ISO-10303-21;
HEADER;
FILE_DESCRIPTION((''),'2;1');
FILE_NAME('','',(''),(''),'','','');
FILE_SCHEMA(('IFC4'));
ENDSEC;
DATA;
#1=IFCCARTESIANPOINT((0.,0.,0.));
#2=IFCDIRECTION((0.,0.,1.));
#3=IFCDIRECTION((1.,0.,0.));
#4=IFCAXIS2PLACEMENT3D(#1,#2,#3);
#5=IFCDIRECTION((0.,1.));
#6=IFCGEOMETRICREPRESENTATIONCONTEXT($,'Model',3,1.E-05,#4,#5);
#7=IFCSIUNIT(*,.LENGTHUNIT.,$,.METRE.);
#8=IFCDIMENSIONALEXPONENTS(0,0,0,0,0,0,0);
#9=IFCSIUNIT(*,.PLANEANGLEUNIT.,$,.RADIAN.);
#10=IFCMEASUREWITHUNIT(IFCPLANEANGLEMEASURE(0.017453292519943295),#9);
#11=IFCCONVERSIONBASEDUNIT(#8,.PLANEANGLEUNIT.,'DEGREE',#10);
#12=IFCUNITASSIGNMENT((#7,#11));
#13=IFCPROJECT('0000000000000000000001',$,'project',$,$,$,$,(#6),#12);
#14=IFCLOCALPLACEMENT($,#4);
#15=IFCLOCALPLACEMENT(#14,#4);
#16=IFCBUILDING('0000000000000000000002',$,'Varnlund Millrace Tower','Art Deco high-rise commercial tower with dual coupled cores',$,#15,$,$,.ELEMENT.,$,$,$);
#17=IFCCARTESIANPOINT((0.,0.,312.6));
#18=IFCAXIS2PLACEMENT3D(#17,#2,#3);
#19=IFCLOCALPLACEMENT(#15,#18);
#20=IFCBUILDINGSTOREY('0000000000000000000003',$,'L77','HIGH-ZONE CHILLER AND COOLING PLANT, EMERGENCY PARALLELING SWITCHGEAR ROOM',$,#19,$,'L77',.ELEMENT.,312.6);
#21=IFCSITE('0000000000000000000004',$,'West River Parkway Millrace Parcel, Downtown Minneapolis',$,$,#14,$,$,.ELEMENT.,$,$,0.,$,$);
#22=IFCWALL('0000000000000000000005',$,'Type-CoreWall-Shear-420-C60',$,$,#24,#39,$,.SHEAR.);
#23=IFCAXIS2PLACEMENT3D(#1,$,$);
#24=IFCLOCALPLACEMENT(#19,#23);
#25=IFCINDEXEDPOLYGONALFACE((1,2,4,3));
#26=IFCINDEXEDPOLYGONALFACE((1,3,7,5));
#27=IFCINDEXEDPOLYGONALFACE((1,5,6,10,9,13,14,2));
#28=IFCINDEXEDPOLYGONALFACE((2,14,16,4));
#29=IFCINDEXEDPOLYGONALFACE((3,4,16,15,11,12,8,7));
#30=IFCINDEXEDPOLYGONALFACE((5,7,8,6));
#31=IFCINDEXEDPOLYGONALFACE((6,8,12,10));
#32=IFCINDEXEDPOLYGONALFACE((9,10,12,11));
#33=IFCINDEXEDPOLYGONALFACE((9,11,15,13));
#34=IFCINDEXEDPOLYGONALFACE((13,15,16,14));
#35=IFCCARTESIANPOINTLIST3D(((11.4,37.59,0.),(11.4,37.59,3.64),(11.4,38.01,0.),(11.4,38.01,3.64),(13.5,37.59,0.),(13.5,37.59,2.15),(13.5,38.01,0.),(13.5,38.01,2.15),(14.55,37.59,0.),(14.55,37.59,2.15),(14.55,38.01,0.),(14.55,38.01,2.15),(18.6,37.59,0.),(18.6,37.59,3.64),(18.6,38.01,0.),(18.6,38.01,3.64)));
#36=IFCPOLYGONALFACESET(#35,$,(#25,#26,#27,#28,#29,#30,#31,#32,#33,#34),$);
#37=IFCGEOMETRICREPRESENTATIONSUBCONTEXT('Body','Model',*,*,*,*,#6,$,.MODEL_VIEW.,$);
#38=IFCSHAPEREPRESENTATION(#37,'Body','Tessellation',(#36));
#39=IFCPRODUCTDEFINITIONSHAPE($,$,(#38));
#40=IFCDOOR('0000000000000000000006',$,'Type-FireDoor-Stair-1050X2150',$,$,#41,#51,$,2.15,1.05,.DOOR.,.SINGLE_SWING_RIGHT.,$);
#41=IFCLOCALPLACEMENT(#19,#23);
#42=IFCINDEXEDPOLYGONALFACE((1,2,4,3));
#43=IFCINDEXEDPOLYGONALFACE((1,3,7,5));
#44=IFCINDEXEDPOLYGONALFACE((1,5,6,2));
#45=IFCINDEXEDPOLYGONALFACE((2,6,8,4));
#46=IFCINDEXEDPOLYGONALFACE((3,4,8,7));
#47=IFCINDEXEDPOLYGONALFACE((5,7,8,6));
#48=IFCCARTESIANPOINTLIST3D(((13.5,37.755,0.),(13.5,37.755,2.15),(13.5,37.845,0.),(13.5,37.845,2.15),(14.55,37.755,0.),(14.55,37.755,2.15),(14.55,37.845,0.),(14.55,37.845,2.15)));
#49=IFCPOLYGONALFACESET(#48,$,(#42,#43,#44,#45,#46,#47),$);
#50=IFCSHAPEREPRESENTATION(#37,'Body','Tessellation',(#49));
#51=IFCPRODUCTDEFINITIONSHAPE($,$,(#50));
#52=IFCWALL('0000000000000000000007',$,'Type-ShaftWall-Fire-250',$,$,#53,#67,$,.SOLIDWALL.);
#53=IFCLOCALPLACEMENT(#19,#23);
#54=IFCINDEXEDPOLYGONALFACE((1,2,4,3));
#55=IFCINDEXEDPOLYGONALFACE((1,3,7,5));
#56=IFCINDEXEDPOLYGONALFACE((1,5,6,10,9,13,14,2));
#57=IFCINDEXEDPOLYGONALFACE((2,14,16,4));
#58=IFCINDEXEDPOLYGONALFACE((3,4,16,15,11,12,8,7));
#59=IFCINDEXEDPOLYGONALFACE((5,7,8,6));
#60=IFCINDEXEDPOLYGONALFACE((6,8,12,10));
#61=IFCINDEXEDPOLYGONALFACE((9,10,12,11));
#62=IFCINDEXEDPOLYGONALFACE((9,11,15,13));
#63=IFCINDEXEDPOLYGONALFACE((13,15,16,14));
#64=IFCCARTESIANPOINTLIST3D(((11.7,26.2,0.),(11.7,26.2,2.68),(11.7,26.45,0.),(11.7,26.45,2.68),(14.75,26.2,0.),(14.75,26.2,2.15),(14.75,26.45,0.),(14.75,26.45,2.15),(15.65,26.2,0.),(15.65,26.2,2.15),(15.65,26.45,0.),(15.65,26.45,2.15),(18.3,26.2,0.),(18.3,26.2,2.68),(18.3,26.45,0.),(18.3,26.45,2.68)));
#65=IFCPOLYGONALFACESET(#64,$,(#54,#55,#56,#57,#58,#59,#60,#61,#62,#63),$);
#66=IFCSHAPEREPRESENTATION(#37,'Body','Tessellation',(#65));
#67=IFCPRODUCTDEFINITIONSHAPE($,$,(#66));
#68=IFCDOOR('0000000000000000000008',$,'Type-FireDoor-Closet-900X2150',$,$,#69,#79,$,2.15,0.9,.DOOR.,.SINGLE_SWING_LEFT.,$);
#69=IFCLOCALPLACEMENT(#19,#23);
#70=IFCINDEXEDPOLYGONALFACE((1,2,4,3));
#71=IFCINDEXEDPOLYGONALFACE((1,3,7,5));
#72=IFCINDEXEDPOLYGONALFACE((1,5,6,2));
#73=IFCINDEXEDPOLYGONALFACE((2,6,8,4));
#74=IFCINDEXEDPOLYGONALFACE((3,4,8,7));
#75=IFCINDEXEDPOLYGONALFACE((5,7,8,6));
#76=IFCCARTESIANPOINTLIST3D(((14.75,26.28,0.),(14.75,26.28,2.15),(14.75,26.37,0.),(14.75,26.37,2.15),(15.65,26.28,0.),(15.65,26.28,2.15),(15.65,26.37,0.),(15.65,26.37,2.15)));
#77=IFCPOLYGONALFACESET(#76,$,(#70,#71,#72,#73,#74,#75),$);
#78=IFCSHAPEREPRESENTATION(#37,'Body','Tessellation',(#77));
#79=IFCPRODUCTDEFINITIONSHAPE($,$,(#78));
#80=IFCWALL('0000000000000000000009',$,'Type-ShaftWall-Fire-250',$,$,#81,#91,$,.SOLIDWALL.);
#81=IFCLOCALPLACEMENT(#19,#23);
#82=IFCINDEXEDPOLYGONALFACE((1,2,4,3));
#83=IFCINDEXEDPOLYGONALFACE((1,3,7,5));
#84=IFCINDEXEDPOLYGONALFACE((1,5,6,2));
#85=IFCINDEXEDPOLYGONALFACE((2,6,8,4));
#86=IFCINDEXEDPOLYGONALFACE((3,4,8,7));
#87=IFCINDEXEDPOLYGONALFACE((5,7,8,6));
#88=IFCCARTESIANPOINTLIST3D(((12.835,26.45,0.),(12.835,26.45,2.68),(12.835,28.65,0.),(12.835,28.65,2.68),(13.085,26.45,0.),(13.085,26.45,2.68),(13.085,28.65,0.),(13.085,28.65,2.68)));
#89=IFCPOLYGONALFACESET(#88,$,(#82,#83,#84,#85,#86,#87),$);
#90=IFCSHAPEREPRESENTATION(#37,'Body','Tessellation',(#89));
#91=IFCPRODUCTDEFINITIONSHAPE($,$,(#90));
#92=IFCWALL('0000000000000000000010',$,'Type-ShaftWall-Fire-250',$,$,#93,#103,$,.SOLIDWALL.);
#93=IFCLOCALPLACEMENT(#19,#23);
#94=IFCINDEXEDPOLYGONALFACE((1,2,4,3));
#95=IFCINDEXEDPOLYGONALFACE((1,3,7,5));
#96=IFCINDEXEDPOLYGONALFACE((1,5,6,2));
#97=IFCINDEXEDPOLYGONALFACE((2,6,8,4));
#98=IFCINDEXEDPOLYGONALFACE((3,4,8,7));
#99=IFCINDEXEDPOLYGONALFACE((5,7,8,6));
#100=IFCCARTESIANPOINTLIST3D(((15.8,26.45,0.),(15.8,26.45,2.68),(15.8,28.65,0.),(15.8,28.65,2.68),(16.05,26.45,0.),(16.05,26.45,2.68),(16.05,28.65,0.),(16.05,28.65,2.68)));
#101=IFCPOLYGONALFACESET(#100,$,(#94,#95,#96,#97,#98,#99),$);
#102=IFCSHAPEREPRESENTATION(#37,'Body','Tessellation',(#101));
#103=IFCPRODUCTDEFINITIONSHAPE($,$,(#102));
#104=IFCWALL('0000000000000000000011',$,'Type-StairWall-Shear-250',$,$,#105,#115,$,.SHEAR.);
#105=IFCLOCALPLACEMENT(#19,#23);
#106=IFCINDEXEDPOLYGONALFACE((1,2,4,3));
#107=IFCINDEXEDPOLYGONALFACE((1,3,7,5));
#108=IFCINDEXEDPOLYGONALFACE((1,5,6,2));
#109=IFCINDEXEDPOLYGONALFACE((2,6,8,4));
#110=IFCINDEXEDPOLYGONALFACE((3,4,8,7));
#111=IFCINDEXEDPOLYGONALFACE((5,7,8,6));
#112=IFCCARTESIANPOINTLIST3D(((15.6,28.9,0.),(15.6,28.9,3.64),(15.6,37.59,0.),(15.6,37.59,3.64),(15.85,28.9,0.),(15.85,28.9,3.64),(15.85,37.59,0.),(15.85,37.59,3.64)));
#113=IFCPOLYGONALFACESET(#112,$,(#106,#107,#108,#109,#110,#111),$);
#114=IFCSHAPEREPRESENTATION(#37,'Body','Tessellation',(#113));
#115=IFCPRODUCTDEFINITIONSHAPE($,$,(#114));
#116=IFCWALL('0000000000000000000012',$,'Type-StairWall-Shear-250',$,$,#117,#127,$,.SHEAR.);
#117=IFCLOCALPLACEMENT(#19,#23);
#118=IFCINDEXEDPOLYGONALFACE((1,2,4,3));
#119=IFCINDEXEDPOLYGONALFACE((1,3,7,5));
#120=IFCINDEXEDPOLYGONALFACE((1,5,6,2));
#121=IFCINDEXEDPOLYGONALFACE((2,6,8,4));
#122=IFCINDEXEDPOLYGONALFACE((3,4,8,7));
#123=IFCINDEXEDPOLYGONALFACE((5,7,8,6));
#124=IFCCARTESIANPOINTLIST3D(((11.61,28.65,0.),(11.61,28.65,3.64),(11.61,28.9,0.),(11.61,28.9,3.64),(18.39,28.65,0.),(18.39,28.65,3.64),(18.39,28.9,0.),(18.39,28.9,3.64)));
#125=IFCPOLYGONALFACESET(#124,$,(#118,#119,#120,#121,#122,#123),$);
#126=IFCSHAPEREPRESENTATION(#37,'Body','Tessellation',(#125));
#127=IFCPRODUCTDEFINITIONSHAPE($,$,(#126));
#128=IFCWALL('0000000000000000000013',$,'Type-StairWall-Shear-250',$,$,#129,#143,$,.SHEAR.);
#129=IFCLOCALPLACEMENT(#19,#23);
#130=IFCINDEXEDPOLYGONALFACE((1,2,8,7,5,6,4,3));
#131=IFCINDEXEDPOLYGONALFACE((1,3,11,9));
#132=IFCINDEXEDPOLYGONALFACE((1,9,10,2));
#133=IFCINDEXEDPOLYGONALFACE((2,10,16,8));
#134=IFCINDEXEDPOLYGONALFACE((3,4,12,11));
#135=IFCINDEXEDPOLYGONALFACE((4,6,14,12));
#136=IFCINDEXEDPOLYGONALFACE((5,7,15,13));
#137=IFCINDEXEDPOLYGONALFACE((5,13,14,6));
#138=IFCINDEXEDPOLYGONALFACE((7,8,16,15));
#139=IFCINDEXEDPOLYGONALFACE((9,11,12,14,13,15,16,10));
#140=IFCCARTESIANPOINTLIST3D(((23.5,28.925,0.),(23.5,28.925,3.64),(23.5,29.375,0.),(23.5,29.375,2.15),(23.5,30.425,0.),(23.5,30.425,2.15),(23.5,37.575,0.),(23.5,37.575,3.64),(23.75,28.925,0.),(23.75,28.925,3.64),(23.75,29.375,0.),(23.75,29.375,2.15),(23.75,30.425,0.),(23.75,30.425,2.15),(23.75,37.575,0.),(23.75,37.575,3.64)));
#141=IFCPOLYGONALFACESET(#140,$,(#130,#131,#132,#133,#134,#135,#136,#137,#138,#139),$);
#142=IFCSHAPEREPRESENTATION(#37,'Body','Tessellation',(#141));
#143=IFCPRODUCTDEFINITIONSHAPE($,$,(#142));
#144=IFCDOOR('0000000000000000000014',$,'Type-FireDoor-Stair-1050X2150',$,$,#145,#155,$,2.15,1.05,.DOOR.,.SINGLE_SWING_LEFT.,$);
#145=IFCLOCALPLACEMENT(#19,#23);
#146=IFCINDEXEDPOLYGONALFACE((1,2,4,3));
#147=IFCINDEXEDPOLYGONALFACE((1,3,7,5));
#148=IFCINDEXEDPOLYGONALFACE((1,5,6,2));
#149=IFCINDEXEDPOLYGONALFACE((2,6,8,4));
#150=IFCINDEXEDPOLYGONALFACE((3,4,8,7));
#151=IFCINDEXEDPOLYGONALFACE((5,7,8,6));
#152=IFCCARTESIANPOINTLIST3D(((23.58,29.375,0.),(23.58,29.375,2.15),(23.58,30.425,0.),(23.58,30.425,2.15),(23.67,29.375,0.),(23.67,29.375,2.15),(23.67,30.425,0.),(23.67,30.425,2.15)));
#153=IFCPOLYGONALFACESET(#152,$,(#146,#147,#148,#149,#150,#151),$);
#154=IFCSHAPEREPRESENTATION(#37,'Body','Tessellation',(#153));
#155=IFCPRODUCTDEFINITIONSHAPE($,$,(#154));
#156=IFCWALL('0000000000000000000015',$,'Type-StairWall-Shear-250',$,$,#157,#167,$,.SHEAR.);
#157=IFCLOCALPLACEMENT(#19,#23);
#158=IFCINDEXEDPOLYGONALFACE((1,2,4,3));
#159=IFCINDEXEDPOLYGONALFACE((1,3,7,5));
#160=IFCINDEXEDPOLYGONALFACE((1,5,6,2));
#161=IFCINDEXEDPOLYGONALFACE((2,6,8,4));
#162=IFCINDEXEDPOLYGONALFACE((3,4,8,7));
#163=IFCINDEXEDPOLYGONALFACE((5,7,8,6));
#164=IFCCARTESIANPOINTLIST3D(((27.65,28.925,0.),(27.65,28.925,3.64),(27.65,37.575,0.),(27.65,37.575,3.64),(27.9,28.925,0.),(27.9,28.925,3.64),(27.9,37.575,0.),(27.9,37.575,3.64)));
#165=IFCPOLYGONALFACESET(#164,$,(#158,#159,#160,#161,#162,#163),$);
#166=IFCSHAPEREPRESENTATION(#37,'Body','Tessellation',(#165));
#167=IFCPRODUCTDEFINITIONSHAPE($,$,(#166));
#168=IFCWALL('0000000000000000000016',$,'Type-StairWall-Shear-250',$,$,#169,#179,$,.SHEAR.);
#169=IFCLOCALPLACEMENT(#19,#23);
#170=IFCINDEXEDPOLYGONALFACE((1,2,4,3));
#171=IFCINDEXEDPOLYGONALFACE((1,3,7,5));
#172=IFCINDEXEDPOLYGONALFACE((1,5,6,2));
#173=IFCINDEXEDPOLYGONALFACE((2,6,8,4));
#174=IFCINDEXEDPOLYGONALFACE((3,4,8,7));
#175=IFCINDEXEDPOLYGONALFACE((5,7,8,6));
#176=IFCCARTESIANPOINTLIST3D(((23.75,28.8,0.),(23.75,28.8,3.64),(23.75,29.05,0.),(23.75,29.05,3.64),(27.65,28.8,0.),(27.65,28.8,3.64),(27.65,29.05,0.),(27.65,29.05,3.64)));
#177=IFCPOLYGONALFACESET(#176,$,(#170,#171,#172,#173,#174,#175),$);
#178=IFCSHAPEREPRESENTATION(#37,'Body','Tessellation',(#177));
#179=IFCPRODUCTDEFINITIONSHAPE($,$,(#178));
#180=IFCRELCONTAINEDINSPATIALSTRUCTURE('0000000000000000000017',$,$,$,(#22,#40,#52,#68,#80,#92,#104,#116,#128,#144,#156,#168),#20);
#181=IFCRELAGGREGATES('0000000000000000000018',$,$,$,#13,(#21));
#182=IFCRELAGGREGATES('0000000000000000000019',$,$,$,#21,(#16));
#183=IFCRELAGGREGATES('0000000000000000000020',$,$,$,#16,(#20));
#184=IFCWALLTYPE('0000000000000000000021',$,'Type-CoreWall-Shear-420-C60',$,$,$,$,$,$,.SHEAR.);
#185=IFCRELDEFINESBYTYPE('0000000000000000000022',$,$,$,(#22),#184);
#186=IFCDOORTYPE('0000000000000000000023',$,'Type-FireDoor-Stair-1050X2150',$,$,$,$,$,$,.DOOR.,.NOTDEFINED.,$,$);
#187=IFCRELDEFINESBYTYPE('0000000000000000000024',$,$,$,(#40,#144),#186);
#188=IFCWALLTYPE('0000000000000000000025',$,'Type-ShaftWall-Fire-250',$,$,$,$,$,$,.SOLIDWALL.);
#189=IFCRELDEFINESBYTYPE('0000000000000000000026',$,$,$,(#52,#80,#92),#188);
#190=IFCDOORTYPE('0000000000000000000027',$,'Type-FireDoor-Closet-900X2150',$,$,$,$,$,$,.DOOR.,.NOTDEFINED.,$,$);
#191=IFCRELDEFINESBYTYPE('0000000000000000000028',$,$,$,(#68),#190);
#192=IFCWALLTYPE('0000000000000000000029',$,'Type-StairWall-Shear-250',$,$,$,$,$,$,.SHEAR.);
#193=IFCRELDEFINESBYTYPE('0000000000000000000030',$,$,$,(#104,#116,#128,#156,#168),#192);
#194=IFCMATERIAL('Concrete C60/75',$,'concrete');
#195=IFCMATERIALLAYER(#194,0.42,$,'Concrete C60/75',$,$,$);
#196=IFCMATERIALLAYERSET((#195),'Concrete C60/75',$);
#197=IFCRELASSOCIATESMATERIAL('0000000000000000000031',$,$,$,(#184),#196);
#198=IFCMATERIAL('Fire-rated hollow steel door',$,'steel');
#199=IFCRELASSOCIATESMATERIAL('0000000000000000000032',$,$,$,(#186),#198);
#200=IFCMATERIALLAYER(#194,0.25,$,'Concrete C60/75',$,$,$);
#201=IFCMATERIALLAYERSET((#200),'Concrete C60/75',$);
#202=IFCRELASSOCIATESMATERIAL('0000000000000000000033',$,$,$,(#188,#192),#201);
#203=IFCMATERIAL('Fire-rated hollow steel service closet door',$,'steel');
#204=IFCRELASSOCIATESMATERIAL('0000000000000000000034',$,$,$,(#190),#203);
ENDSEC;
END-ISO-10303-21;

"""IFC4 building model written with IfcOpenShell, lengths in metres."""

from ifc_helpers import new_model, entity, si_unit, converted_unit, direction, frame, origin_with_axes, origin_2d_with_axis, place, context, subcontext, project, spatial, polyline, rectangle, outline, extrude, material, layer, layer_set, type_object, element, fill, save


model = new_model("IFC4")

# Units and contexts
model_context = context("Model", 3, precision=1e-05, world=origin_with_axes(), true_north=direction((0.0, 1.0)))
body_context = subcontext(model_context, "Body", "Model", "MODEL_VIEW")
ifc_project = project(units=[si_unit("LENGTHUNIT", "METRE"), converted_unit("PLANEANGLEUNIT", "DEGREE", entity("IfcPlaneAngleMeasure", 0.017453292519943295), si_unit("PLANEANGLEUNIT", "RADIAN"), dimensions=[0, 0, 0, 0, 0, 0, 0])], contexts=[model_context])

# Site, building, storey
site_placement = place(None, origin_with_axes())
site = spatial("IfcSite", under=ifc_project, at=site_placement, Name="West River Parkway Millrace Parcel, Downtown Minneapolis", CompositionType="ELEMENT", RefElevation=0.0)
building_placement = place(site_placement, origin_with_axes())
building = spatial("IfcBuilding", under=site, at=building_placement, Name="Varnlund Millrace Tower", Description="Art Deco high-rise commercial tower with dual coupled cores", CompositionType="ELEMENT")
storey_placement = place(building_placement, frame((0.0, 0.0, 312.6), z_axis=(0.0, 0.0, 1.0), x_axis=(1.0, 0.0, 0.0)))
storey = spatial("IfcBuildingStorey", under=building, at=storey_placement, Name="L77", Description="HIGH-ZONE CHILLER AND COOLING PLANT, EMERGENCY PARALLELING SWITCHGEAR ROOM", LongName="L77", CompositionType="ELEMENT", Elevation=312.6)

# Walls, openings, doors
ifc_material_1 = material(Name="Concrete C60/75", Category="concrete")
ifc_layer_1 = layer(ifc_material_1, 0.42, Name="Concrete C60/75")
ifc_layer_set_1 = layer_set([ifc_layer_1], Name="Concrete C60/75")
wall_type_1 = type_object("IfcWallType", Name="Type-CoreWall-Shear-420-C60", PredefinedType="SHEAR", material=ifc_layer_set_1)
wall_1_placement = place(storey_placement, frame((11.4, 37.8, 0.0), z_axis=(0.0, 0.0, 1.0), x_axis=(1.0, 0.0, 0.0)))
wall_1 = element("IfcWall", 1, at=wall_1_placement, inside=storey, type_object=wall_type_1, Name="Type-CoreWall-Shear-420-C60", PredefinedType="SHEAR", context=body_context, shape_type="SweptSolid", body=[
    extrude(outline(polyline([(0.0, -0.21), (7.2, -0.21), (7.2, 0.21), (0.0, 0.21), (0.0, -0.21)])), origin_with_axes(), (0.0, 0.0, 1.0), 3.64),
])
opening_1_placement = place(wall_1_placement, frame((2.625, 0.0, 0.0), z_axis=(0.0, 0.0, 1.0), x_axis=(1.0, 0.0, 0.0)))
opening_1 = element("IfcOpeningElement", 2, at=opening_1_placement, cuts=wall_1, PredefinedType="OPENING", context=body_context, shape_type="SweptSolid", body=[
    extrude(rectangle(XDim=1.05, YDim=0.44, at=origin_2d_with_axis()), origin_with_axes(), (0.0, 0.0, 1.0), 2.15),
])
ifc_material_2 = material(Name="Fire-rated hollow steel door", Category="steel")
door_type_1 = type_object("IfcDoorType", Name="Type-FireDoor-Stair-1050X2150", OperationType="NOTDEFINED", PredefinedType="DOOR", material=ifc_material_2)
door_1_placement = place(wall_1_placement, frame((2.625, 0.0, 0.0), z_axis=(0.0, 0.0, 1.0), x_axis=(1.0, 0.0, 0.0)))
door_1 = element("IfcDoor", 3, at=door_1_placement, inside=storey, type_object=door_type_1, Name="Type-FireDoor-Stair-1050X2150", OperationType="SINGLE_SWING_RIGHT", OverallHeight=2.15, OverallWidth=1.05, PredefinedType="DOOR", context=body_context, shape_type="SweptSolid", body=[
    extrude(rectangle(XDim=1.05, YDim=0.09, at=origin_2d_with_axis()), origin_with_axes(), (0.0, 0.0, 1.0), 2.15),
])
fill(opening_1, door_1)
ifc_layer_2 = layer(ifc_material_1, 0.25, Name="Concrete C60/75")
ifc_layer_set_2 = layer_set([ifc_layer_2], Name="Concrete C60/75")
wall_type_2 = type_object("IfcWallType", Name="Type-ShaftWall-Fire-250", PredefinedType="SOLIDWALL", material=ifc_layer_set_2)
wall_2_placement = place(storey_placement, frame((11.7, 26.325, 0.0), z_axis=(0.0, 0.0, 1.0), x_axis=(1.0, 0.0, 0.0)))
wall_2 = element("IfcWall", 4, at=wall_2_placement, inside=storey, type_object=wall_type_2, Name="Type-ShaftWall-Fire-250", PredefinedType="SOLIDWALL", context=body_context, shape_type="SweptSolid", body=[
    extrude(outline(polyline([(0.0, -0.125), (6.6, -0.125), (6.6, 0.125), (0.0, 0.125), (0.0, -0.125)])), origin_with_axes(), (0.0, 0.0, 1.0), 2.68),
])
opening_2_placement = place(wall_2_placement, frame((3.5, 0.0, 0.0), z_axis=(0.0, 0.0, 1.0), x_axis=(1.0, 0.0, 0.0)))
opening_2 = element("IfcOpeningElement", 5, at=opening_2_placement, cuts=wall_2, PredefinedType="OPENING", context=body_context, shape_type="SweptSolid", body=[
    extrude(rectangle(XDim=0.9, YDim=0.27, at=origin_2d_with_axis()), origin_with_axes(), (0.0, 0.0, 1.0), 2.15),
])
ifc_material_3 = material(Name="Fire-rated hollow steel service closet door", Category="steel")
door_type_2 = type_object("IfcDoorType", Name="Type-FireDoor-Closet-900X2150", OperationType="NOTDEFINED", PredefinedType="DOOR", material=ifc_material_3)
door_2_placement = place(wall_2_placement, frame((3.5, 0.0, 0.0), z_axis=(0.0, 0.0, 1.0), x_axis=(1.0, 0.0, 0.0)))
door_2 = element("IfcDoor", 6, at=door_2_placement, inside=storey, type_object=door_type_2, Name="Type-FireDoor-Closet-900X2150", OperationType="SINGLE_SWING_LEFT", OverallHeight=2.15, OverallWidth=0.9, PredefinedType="DOOR", context=body_context, shape_type="SweptSolid", body=[
    extrude(rectangle(XDim=0.9, YDim=0.09, at=origin_2d_with_axis()), origin_with_axes(), (0.0, 0.0, 1.0), 2.15),
])
fill(opening_2, door_2)

# Walls
for number, where, z_axis, x_axis, name in (
    (7, (12.96, 26.45, 0.0), (0.0, 0.0, 1.0), (0.0, 1.0, 0.0), "Type-ShaftWall-Fire-250"),
    (8, (15.925, 26.45, 0.0), (0.0, 0.0, 1.0), (0.0, 1.0, 0.0), "Type-ShaftWall-Fire-250"),
):
    element("IfcWall", number, at=place(storey_placement, frame(where, z_axis=z_axis, x_axis=x_axis)), inside=storey, type_object=wall_type_2, Name=name, PredefinedType="SOLIDWALL", context=body_context, shape_type="SweptSolid", body=[
        extrude(outline(polyline([(0.0, -0.125), (2.2, -0.125), (2.2, 0.125), (0.0, 0.125), (0.0, -0.125)])), origin_with_axes(), (0.0, 0.0, 1.0), 2.68),
    ])
wall_type_3 = type_object("IfcWallType", Name="Type-StairWall-Shear-250", PredefinedType="SHEAR", material=ifc_layer_set_2)
wall_3_placement = place(storey_placement, frame((15.725, 28.9, 0.0), z_axis=(0.0, 0.0, 1.0), x_axis=(0.0, 1.0, 0.0)))
element("IfcWall", 9, at=wall_3_placement, inside=storey, type_object=wall_type_3, Name="Type-StairWall-Shear-250", PredefinedType="SHEAR", context=body_context, shape_type="SweptSolid", body=[
    extrude(outline(polyline([(0.0, -0.125), (8.69, -0.125), (8.69, 0.125), (0.0, 0.125), (0.0, -0.125)])), origin_with_axes(), (0.0, 0.0, 1.0), 3.64),
])
wall_4_placement = place(storey_placement, frame((11.61, 28.775, 0.0), z_axis=(0.0, 0.0, 1.0), x_axis=(1.0, 0.0, 0.0)))
element("IfcWall", 10, at=wall_4_placement, inside=storey, type_object=wall_type_3, Name="Type-StairWall-Shear-250", PredefinedType="SHEAR", context=body_context, shape_type="SweptSolid", body=[
    extrude(outline(polyline([(0.0, -0.125), (6.78, -0.125), (6.78, 0.125), (0.0, 0.125), (0.0, -0.125)])), origin_with_axes(), (0.0, 0.0, 1.0), 3.64),
])

# Wall, opening, door
wall_5_placement = place(storey_placement, frame((23.625, 28.925, 0.0), z_axis=(0.0, 0.0, 1.0), x_axis=(0.0, 1.0, 0.0)))
wall_5 = element("IfcWall", 11, at=wall_5_placement, inside=storey, type_object=wall_type_3, Name="Type-StairWall-Shear-250", PredefinedType="SHEAR", context=body_context, shape_type="SweptSolid", body=[
    extrude(outline(polyline([(0.0, -0.125), (8.65, -0.125), (8.65, 0.125), (0.0, 0.125), (0.0, -0.125)])), origin_with_axes(), (0.0, 0.0, 1.0), 3.64),
])
opening_3_placement = place(wall_5_placement, frame((0.975, 0.0, 0.0), z_axis=(0.0, 0.0, 1.0), x_axis=(1.0, 0.0, 0.0)))
opening_3 = element("IfcOpeningElement", 12, at=opening_3_placement, cuts=wall_5, PredefinedType="OPENING", context=body_context, shape_type="SweptSolid", body=[
    extrude(rectangle(XDim=1.05, YDim=0.27, at=origin_2d_with_axis()), origin_with_axes(), (0.0, 0.0, 1.0), 2.15),
])
door_3_placement = place(wall_5_placement, frame((0.975, 0.0, 0.0), z_axis=(0.0, 0.0, 1.0), x_axis=(1.0, 0.0, 0.0)))
door_3 = element("IfcDoor", 13, at=door_3_placement, inside=storey, type_object=door_type_1, Name="Type-FireDoor-Stair-1050X2150", OperationType="SINGLE_SWING_LEFT", OverallHeight=2.15, OverallWidth=1.05, PredefinedType="DOOR", context=body_context, shape_type="SweptSolid", body=[
    extrude(rectangle(XDim=1.05, YDim=0.09, at=origin_2d_with_axis()), origin_with_axes(), (0.0, 0.0, 1.0), 2.15),
])
fill(opening_3, door_3)

# Walls
wall_6_placement = place(storey_placement, frame((27.775, 28.925, 0.0), z_axis=(0.0, 0.0, 1.0), x_axis=(0.0, 1.0, 0.0)))
element("IfcWall", 14, at=wall_6_placement, inside=storey, type_object=wall_type_3, Name="Type-StairWall-Shear-250", PredefinedType="SHEAR", context=body_context, shape_type="SweptSolid", body=[
    extrude(outline(polyline([(0.0, -0.125), (8.65, -0.125), (8.65, 0.125), (0.0, 0.125), (0.0, -0.125)])), origin_with_axes(), (0.0, 0.0, 1.0), 3.64),
])
for number, where, z_axis, x_axis, name in (
    (15, (23.75, 28.925, 0.0), (0.0, 0.0, 1.0), (1.0, 0.0, 0.0), "Type-StairWall-Shear-250"),
):
    element("IfcWall", number, at=place(storey_placement, frame(where, z_axis=z_axis, x_axis=x_axis)), inside=storey, type_object=wall_type_3, Name=name, PredefinedType="SHEAR", context=body_context, shape_type="SweptSolid", body=[
        extrude(outline(polyline([(0.0, -0.125), (3.9, -0.125), (3.9, 0.125), (0.0, 0.125), (0.0, -0.125)])), origin_with_axes(), (0.0, 0.0, 1.0), 3.64),
    ])

save(model, "model.ifc")
